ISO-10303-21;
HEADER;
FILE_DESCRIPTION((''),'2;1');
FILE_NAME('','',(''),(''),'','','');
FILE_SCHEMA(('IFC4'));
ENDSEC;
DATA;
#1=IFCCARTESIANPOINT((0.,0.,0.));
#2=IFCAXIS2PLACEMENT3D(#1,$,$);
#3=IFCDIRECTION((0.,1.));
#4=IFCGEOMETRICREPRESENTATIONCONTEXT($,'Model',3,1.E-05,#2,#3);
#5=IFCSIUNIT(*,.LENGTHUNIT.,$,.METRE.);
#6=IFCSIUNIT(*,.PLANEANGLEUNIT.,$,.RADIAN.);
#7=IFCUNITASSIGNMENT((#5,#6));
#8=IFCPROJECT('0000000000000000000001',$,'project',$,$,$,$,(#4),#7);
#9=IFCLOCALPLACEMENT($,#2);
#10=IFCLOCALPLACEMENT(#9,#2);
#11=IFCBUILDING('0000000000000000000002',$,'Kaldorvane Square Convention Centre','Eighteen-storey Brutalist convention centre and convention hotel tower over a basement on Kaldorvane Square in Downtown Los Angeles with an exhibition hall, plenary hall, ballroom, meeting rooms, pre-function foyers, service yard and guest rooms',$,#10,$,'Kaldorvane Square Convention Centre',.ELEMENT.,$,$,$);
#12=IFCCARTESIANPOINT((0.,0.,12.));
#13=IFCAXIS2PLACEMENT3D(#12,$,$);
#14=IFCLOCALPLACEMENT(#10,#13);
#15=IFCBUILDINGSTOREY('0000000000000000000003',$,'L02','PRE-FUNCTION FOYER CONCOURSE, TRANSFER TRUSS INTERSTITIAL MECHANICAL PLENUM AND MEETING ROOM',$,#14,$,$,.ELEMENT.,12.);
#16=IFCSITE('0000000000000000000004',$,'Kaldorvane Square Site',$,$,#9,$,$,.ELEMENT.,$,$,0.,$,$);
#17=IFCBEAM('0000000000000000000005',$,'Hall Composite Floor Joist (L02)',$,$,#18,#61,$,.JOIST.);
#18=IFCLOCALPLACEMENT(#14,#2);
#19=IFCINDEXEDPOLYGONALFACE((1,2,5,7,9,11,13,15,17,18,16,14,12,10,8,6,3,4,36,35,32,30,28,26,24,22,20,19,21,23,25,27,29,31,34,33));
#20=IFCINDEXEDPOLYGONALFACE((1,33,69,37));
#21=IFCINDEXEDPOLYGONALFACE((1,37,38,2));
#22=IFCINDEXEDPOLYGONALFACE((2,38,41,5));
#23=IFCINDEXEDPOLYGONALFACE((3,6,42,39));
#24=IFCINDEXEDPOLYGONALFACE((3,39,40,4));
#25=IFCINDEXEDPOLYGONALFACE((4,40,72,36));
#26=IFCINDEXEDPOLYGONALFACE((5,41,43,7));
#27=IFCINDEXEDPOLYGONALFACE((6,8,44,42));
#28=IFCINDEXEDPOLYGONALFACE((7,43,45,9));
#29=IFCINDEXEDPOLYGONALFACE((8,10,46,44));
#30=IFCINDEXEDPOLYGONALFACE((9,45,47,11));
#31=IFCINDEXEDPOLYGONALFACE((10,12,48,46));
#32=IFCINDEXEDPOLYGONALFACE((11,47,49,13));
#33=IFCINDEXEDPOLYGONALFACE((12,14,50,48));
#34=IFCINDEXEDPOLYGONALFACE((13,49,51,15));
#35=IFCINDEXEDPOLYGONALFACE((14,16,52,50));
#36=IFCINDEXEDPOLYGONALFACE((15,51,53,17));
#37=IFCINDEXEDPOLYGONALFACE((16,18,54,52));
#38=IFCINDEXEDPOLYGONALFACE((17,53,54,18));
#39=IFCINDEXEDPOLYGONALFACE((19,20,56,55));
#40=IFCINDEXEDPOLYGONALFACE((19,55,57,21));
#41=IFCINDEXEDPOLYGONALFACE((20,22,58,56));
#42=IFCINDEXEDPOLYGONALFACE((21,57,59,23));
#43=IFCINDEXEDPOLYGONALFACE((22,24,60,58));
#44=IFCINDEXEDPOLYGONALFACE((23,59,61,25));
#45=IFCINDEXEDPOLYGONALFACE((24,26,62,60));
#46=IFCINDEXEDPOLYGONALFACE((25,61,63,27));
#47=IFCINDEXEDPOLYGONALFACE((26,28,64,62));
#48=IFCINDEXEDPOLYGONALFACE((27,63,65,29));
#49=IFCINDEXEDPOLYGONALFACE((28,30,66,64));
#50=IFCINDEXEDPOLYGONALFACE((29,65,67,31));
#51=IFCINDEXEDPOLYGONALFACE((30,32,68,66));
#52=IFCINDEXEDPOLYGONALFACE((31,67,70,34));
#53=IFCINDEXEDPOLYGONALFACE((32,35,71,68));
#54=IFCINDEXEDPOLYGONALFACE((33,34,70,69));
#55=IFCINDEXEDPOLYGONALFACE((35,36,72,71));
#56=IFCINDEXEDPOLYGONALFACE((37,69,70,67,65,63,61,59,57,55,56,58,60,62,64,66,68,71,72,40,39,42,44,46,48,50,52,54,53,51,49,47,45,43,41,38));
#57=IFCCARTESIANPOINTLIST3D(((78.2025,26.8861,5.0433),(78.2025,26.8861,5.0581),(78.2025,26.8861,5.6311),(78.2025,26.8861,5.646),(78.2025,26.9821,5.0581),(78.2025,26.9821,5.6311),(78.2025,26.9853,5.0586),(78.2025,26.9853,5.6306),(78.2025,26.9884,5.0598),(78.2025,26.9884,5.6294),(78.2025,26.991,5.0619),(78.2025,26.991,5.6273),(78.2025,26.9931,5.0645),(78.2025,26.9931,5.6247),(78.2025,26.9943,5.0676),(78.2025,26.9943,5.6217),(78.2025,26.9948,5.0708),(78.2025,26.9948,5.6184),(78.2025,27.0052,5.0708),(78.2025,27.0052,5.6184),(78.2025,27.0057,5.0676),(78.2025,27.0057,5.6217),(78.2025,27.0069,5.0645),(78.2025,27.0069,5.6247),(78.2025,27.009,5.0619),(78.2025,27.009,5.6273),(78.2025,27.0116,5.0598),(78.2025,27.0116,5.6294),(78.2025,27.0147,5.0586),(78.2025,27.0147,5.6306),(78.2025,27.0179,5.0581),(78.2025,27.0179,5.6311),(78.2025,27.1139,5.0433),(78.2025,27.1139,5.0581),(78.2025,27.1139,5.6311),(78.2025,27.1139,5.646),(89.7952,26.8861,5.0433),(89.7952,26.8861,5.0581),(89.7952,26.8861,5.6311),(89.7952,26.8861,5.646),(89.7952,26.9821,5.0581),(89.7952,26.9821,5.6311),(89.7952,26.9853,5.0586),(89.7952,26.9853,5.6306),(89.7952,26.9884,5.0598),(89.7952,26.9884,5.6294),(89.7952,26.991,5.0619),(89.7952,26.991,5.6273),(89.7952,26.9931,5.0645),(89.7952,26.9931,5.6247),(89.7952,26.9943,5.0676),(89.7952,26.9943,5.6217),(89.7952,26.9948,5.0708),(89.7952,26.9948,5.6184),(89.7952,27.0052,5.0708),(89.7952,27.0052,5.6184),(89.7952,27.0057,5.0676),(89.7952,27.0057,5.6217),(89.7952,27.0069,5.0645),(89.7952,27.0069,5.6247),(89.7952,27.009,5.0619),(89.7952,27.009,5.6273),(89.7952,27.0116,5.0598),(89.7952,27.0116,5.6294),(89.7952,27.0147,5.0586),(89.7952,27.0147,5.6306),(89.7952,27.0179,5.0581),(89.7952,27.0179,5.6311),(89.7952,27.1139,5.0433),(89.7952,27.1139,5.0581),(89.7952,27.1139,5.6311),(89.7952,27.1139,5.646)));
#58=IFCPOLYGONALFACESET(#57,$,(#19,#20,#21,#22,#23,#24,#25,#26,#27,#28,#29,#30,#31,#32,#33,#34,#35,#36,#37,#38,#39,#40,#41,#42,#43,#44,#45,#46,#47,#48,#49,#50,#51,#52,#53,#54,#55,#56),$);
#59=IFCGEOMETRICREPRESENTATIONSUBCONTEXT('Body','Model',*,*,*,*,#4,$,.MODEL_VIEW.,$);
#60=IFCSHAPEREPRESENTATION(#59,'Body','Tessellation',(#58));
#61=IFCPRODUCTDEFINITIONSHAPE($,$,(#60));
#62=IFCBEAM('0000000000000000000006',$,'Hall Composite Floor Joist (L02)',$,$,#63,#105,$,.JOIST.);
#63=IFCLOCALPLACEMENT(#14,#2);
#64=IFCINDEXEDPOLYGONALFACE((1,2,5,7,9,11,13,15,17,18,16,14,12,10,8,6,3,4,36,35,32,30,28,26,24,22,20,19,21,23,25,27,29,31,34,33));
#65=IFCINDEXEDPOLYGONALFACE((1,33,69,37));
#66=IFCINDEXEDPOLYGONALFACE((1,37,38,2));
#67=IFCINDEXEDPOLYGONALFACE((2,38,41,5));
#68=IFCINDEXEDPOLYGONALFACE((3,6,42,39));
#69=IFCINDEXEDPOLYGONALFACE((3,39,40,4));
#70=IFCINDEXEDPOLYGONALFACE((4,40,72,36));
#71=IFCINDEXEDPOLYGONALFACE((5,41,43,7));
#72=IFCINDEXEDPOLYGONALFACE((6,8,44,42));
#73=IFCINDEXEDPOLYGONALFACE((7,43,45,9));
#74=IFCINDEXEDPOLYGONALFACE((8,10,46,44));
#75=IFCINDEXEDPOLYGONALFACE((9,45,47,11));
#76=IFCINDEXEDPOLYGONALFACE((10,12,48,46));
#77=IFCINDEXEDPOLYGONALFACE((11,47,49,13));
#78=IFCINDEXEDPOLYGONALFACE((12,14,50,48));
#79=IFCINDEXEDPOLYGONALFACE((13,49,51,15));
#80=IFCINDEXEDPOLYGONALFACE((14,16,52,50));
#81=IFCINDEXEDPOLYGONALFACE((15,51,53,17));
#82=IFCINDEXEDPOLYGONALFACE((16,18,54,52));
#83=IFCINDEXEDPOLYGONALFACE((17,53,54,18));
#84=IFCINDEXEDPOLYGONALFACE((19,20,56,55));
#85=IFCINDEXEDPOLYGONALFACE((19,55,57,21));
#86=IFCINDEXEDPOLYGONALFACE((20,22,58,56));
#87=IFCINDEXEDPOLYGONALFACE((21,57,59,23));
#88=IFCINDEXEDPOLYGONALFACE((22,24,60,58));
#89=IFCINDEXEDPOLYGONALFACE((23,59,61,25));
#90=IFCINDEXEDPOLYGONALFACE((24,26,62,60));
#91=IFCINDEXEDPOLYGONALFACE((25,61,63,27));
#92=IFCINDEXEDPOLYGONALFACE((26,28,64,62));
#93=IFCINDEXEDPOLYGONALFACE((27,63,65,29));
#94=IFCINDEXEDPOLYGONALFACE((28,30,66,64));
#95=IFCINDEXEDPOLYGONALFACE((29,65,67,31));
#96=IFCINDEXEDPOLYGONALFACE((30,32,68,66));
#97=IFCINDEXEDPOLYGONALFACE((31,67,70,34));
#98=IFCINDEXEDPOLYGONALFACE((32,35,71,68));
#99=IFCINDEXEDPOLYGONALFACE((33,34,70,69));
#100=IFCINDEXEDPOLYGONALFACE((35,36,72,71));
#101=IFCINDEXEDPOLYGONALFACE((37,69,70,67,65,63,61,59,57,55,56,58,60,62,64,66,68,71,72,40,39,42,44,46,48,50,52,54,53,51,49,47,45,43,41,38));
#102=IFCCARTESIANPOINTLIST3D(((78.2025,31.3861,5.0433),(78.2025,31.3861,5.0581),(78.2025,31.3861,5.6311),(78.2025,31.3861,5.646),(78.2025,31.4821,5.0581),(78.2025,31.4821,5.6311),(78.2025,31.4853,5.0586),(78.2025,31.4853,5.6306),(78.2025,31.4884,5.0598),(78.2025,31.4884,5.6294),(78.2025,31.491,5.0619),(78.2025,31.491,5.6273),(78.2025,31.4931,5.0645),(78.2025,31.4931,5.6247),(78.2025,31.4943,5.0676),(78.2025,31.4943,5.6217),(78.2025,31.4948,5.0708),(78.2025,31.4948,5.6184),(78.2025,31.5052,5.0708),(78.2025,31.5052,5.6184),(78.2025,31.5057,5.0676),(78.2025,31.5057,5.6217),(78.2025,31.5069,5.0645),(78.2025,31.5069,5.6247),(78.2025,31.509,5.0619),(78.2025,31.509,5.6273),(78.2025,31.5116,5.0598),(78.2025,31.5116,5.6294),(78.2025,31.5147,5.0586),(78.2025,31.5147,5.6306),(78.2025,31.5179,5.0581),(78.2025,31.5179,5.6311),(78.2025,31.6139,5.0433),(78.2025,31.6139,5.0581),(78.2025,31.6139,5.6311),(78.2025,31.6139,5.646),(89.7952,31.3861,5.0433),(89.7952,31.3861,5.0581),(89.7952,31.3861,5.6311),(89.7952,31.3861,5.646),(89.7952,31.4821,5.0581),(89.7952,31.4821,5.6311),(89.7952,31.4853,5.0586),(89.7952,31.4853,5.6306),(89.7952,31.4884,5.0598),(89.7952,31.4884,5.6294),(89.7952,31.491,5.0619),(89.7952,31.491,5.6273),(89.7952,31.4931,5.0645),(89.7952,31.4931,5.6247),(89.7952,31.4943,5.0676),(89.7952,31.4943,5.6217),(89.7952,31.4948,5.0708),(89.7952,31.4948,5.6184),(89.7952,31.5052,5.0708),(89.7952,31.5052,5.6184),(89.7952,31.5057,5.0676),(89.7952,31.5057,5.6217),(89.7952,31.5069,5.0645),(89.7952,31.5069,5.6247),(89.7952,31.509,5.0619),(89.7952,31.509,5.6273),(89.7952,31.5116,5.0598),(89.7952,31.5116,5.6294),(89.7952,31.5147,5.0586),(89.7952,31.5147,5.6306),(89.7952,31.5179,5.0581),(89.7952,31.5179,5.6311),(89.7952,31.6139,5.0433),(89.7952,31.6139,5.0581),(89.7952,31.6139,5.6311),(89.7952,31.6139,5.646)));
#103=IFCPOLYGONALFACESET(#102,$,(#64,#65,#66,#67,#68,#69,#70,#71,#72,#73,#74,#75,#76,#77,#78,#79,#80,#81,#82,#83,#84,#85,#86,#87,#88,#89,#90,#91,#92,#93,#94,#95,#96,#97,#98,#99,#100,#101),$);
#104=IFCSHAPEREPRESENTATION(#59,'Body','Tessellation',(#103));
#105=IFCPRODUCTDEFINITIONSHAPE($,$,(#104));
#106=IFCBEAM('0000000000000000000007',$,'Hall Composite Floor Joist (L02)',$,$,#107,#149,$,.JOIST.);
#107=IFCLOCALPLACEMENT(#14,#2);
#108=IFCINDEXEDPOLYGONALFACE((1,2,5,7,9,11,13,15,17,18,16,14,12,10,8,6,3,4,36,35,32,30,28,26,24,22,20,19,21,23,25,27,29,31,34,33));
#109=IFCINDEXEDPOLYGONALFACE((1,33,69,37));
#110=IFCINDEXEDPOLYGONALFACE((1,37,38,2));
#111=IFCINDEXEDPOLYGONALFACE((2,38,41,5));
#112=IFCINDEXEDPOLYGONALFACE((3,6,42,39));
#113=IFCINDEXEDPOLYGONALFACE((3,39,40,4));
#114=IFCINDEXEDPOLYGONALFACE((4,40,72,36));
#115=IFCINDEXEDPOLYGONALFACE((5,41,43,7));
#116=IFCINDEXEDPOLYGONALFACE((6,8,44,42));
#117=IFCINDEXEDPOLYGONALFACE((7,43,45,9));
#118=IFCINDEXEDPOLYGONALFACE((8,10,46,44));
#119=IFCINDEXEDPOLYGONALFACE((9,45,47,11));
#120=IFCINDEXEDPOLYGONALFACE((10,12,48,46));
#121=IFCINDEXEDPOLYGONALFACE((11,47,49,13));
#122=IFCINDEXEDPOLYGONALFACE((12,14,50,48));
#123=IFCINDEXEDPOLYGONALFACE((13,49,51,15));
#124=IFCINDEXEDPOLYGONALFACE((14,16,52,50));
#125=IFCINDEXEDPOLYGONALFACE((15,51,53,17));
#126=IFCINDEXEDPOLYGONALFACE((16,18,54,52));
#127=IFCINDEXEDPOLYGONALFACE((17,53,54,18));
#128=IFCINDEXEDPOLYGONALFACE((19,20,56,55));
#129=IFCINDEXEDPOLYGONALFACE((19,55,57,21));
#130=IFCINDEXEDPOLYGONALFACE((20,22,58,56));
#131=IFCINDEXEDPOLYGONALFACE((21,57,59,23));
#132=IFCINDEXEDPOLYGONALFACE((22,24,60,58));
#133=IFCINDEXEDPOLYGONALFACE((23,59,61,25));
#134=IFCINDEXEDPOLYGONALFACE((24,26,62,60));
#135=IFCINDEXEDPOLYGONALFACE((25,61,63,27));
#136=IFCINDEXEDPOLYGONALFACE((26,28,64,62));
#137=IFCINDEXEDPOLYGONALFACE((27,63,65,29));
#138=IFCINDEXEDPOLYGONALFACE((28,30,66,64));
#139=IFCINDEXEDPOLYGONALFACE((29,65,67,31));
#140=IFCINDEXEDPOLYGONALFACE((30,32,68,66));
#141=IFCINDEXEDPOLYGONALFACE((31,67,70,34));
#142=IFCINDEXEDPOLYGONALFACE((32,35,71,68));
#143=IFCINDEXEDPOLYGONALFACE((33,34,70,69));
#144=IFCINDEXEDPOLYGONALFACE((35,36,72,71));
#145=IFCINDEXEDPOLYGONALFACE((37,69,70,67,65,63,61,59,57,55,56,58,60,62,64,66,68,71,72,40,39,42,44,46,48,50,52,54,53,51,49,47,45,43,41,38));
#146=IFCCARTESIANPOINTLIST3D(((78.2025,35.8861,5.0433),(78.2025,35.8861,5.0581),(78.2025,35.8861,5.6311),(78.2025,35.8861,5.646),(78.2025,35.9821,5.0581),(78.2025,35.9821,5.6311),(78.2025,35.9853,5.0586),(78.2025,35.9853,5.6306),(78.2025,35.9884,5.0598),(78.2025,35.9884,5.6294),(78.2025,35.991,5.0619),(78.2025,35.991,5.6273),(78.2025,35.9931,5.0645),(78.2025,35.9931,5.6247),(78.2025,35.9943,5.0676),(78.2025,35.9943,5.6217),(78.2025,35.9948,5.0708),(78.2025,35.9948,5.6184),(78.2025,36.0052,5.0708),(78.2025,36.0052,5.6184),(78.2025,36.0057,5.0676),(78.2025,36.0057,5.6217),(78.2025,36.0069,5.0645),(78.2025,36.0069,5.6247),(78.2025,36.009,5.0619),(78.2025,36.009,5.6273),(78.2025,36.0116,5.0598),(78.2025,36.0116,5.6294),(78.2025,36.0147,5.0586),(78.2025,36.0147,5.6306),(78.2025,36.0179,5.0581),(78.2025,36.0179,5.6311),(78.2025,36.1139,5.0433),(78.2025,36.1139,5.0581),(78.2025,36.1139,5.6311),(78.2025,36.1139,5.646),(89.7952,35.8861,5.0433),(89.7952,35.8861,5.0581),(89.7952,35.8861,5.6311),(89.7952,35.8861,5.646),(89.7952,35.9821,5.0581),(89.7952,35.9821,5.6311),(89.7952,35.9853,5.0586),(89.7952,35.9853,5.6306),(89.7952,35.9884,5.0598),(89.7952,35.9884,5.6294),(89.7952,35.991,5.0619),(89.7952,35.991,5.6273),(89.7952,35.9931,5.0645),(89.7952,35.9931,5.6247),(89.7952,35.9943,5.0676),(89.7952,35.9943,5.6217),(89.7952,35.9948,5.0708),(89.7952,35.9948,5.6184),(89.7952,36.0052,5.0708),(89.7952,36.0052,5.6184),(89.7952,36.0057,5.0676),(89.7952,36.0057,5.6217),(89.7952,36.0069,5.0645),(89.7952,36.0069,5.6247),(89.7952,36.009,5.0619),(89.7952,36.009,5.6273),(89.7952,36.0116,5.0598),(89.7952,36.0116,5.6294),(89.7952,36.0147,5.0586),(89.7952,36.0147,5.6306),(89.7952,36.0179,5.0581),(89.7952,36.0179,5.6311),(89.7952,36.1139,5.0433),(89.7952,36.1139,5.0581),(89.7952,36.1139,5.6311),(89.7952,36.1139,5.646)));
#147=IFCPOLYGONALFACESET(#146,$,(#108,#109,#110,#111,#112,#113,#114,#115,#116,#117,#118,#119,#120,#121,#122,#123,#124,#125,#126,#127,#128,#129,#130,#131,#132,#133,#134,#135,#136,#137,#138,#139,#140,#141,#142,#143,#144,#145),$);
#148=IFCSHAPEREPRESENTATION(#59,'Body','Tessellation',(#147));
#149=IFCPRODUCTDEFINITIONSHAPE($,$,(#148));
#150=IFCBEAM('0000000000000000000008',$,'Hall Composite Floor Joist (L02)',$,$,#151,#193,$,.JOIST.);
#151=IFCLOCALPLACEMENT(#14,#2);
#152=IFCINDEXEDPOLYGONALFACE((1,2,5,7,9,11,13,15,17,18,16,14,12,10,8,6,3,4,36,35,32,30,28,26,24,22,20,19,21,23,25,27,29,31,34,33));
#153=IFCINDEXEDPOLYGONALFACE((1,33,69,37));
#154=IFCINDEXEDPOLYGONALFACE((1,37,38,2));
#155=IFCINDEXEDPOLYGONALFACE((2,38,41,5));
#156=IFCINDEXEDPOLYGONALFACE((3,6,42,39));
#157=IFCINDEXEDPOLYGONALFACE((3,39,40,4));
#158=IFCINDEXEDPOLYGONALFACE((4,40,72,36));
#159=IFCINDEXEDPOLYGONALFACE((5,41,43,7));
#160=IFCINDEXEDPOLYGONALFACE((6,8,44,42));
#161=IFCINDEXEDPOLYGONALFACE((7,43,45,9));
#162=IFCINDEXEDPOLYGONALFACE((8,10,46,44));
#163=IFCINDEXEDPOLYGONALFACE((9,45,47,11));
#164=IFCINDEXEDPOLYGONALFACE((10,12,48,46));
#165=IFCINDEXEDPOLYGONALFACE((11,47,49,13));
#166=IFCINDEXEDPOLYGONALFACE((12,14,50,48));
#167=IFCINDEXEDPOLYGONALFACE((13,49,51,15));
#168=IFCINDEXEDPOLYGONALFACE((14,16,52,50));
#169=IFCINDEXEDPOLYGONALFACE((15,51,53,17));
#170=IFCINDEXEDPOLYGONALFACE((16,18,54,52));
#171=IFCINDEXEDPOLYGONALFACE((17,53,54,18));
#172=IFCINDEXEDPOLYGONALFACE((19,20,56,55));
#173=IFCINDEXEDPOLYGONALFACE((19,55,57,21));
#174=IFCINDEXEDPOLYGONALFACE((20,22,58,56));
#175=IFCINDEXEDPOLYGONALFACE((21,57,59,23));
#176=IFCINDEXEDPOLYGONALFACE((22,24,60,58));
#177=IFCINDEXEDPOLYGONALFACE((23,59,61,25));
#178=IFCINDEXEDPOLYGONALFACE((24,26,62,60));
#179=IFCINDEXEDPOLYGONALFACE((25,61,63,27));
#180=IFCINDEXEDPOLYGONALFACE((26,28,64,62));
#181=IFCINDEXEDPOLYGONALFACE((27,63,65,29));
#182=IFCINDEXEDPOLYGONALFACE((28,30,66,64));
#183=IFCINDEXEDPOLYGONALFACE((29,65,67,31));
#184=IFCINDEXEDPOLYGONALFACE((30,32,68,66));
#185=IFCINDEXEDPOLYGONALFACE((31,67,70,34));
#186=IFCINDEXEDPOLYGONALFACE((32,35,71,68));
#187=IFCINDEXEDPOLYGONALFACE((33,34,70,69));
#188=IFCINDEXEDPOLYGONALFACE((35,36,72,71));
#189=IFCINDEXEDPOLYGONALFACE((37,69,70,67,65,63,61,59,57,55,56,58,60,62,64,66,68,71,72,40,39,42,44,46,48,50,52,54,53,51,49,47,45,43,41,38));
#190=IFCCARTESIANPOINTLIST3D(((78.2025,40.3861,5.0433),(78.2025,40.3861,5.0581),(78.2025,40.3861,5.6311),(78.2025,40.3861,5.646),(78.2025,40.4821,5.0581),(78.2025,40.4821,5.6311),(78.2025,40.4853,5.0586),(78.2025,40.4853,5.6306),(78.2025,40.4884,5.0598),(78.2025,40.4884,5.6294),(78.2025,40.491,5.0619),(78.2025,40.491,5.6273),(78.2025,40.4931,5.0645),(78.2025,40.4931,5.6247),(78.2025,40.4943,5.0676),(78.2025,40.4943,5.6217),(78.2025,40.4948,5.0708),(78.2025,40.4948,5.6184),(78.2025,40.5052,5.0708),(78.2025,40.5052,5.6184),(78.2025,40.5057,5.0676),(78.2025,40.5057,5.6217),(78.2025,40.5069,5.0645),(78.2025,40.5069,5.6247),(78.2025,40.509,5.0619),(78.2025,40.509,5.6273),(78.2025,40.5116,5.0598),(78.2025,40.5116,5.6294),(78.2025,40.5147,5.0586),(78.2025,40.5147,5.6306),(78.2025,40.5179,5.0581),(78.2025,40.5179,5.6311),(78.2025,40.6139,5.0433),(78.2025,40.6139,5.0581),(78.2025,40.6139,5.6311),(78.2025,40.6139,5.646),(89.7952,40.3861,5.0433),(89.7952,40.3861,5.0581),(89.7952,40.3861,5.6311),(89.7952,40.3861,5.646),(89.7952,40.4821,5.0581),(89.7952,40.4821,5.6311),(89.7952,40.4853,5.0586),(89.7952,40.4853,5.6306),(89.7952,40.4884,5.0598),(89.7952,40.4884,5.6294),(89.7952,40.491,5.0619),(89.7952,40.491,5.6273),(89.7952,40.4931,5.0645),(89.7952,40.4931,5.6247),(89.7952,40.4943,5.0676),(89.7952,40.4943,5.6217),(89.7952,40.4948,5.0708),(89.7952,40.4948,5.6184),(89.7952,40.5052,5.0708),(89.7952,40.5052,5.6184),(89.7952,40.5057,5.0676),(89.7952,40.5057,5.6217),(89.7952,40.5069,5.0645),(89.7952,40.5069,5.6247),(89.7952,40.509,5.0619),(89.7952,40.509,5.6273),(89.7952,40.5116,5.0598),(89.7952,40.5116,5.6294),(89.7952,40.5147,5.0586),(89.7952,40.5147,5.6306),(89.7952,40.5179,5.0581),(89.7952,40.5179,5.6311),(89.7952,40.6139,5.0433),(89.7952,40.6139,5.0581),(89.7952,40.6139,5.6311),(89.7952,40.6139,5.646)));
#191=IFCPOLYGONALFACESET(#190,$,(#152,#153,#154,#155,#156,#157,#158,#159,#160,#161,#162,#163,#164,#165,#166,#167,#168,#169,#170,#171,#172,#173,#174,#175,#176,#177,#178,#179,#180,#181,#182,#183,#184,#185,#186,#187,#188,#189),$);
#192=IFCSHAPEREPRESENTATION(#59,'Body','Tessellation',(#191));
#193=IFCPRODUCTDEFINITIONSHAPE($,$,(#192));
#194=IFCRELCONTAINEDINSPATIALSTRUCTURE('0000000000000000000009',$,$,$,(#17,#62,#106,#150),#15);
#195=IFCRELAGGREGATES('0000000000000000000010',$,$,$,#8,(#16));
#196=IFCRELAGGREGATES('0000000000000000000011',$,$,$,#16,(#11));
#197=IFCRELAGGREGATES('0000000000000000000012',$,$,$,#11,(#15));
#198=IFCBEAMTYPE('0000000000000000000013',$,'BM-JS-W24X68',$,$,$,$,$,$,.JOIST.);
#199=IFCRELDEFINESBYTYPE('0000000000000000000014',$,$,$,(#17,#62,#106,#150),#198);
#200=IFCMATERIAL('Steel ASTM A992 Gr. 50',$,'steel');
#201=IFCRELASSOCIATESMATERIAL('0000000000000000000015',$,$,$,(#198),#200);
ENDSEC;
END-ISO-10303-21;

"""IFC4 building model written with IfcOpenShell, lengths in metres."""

from ifc_helpers import new_model, si_unit, direction, frame, origin, origin_2d, place, context, subcontext, project, spatial, i_section, extrude, material, material_profile, profile_set, type_object, element, save


model = new_model("IFC4")

# Units and contexts
model_context = context("Model", 3, precision=1e-05, world=origin(), true_north=direction((0.0, 1.0)))
body_context = subcontext(model_context, "Body", "Model", "MODEL_VIEW")
ifc_project = project(units=[si_unit("LENGTHUNIT", "METRE"), si_unit("PLANEANGLEUNIT", "RADIAN")], contexts=[model_context])

# Site, building, storey
site_placement = place(None, origin())
site = spatial("IfcSite", under=ifc_project, at=site_placement, Name="Kaldorvane Square Site", CompositionType="ELEMENT", RefElevation=0.0)
building_placement = place(site_placement, origin())
building = spatial("IfcBuilding", under=site, at=building_placement, Name="Kaldorvane Square Convention Centre", Description="Eighteen-storey Brutalist convention centre and convention hotel tower over a basement on Kaldorvane Square in Downtown Los Angeles with an exhibition hall, plenary hall, ballroom, meeting rooms, pre-function foyers, service yard and guest rooms", LongName="Kaldorvane Square Convention Centre", CompositionType="ELEMENT")
storey_placement = place(building_placement, frame((0.0, 0.0, 12.0)))
storey = spatial("IfcBuildingStorey", under=building, at=storey_placement, Name="L02", Description="PRE-FUNCTION FOYER CONCOURSE, TRANSFER TRUSS INTERSTITIAL MECHANICAL PLENUM AND MEETING ROOM", CompositionType="ELEMENT", Elevation=12.0)

# Beams
ifc_material_1 = material(Name="Steel ASTM A992 Gr. 50", Category="steel")
ifc_material_profile_1 = material_profile(ifc_material_1, i_section(OverallWidth=0.2277, OverallDepth=0.6027, WebThickness=0.0105, FlangeThickness=0.0149, FilletRadius=0.0127, at=origin_2d()), Name="W24X68")
ifc_profile_set_1 = profile_set([ifc_material_profile_1], Name="Steel ASTM A992 Gr. 50")
beam_type = type_object("IfcBeamType", Name="BM-JS-W24X68", PredefinedType="JOIST", material=ifc_profile_set_1)
for number, where, z_axis, x_axis, name in (
    (1, (78.2025, 27.0, 5.3446), (1.0, 0.0, 0.0), (0.0, 1.0, 0.0), "Hall Composite Floor Joist (L02)"),
    (2, (78.2025, 31.5, 5.3446), (1.0, 0.0, 0.0), (0.0, 1.0, 0.0), "Hall Composite Floor Joist (L02)"),
    (3, (78.2025, 36.0, 5.3446), (1.0, 0.0, 0.0), (0.0, 1.0, 0.0), "Hall Composite Floor Joist (L02)"),
    (4, (78.2025, 40.5, 5.3446), (1.0, 0.0, 0.0), (0.0, 1.0, 0.0), "Hall Composite Floor Joist (L02)"),
):
    element("IfcBeam", number, at=place(storey_placement, frame(where, z_axis=z_axis, x_axis=x_axis)), inside=storey, type_object=beam_type, Name=name, PredefinedType="JOIST", context=body_context, shape_type="SweptSolid", body=[
        extrude(i_section(OverallWidth=0.2277, OverallDepth=0.6027, WebThickness=0.0105, FlangeThickness=0.0149, FilletRadius=0.0127, at=origin_2d()), origin(), (0.0, 0.0, 1.0), 11.5927),
    ])

save(model, "model.ifc")
